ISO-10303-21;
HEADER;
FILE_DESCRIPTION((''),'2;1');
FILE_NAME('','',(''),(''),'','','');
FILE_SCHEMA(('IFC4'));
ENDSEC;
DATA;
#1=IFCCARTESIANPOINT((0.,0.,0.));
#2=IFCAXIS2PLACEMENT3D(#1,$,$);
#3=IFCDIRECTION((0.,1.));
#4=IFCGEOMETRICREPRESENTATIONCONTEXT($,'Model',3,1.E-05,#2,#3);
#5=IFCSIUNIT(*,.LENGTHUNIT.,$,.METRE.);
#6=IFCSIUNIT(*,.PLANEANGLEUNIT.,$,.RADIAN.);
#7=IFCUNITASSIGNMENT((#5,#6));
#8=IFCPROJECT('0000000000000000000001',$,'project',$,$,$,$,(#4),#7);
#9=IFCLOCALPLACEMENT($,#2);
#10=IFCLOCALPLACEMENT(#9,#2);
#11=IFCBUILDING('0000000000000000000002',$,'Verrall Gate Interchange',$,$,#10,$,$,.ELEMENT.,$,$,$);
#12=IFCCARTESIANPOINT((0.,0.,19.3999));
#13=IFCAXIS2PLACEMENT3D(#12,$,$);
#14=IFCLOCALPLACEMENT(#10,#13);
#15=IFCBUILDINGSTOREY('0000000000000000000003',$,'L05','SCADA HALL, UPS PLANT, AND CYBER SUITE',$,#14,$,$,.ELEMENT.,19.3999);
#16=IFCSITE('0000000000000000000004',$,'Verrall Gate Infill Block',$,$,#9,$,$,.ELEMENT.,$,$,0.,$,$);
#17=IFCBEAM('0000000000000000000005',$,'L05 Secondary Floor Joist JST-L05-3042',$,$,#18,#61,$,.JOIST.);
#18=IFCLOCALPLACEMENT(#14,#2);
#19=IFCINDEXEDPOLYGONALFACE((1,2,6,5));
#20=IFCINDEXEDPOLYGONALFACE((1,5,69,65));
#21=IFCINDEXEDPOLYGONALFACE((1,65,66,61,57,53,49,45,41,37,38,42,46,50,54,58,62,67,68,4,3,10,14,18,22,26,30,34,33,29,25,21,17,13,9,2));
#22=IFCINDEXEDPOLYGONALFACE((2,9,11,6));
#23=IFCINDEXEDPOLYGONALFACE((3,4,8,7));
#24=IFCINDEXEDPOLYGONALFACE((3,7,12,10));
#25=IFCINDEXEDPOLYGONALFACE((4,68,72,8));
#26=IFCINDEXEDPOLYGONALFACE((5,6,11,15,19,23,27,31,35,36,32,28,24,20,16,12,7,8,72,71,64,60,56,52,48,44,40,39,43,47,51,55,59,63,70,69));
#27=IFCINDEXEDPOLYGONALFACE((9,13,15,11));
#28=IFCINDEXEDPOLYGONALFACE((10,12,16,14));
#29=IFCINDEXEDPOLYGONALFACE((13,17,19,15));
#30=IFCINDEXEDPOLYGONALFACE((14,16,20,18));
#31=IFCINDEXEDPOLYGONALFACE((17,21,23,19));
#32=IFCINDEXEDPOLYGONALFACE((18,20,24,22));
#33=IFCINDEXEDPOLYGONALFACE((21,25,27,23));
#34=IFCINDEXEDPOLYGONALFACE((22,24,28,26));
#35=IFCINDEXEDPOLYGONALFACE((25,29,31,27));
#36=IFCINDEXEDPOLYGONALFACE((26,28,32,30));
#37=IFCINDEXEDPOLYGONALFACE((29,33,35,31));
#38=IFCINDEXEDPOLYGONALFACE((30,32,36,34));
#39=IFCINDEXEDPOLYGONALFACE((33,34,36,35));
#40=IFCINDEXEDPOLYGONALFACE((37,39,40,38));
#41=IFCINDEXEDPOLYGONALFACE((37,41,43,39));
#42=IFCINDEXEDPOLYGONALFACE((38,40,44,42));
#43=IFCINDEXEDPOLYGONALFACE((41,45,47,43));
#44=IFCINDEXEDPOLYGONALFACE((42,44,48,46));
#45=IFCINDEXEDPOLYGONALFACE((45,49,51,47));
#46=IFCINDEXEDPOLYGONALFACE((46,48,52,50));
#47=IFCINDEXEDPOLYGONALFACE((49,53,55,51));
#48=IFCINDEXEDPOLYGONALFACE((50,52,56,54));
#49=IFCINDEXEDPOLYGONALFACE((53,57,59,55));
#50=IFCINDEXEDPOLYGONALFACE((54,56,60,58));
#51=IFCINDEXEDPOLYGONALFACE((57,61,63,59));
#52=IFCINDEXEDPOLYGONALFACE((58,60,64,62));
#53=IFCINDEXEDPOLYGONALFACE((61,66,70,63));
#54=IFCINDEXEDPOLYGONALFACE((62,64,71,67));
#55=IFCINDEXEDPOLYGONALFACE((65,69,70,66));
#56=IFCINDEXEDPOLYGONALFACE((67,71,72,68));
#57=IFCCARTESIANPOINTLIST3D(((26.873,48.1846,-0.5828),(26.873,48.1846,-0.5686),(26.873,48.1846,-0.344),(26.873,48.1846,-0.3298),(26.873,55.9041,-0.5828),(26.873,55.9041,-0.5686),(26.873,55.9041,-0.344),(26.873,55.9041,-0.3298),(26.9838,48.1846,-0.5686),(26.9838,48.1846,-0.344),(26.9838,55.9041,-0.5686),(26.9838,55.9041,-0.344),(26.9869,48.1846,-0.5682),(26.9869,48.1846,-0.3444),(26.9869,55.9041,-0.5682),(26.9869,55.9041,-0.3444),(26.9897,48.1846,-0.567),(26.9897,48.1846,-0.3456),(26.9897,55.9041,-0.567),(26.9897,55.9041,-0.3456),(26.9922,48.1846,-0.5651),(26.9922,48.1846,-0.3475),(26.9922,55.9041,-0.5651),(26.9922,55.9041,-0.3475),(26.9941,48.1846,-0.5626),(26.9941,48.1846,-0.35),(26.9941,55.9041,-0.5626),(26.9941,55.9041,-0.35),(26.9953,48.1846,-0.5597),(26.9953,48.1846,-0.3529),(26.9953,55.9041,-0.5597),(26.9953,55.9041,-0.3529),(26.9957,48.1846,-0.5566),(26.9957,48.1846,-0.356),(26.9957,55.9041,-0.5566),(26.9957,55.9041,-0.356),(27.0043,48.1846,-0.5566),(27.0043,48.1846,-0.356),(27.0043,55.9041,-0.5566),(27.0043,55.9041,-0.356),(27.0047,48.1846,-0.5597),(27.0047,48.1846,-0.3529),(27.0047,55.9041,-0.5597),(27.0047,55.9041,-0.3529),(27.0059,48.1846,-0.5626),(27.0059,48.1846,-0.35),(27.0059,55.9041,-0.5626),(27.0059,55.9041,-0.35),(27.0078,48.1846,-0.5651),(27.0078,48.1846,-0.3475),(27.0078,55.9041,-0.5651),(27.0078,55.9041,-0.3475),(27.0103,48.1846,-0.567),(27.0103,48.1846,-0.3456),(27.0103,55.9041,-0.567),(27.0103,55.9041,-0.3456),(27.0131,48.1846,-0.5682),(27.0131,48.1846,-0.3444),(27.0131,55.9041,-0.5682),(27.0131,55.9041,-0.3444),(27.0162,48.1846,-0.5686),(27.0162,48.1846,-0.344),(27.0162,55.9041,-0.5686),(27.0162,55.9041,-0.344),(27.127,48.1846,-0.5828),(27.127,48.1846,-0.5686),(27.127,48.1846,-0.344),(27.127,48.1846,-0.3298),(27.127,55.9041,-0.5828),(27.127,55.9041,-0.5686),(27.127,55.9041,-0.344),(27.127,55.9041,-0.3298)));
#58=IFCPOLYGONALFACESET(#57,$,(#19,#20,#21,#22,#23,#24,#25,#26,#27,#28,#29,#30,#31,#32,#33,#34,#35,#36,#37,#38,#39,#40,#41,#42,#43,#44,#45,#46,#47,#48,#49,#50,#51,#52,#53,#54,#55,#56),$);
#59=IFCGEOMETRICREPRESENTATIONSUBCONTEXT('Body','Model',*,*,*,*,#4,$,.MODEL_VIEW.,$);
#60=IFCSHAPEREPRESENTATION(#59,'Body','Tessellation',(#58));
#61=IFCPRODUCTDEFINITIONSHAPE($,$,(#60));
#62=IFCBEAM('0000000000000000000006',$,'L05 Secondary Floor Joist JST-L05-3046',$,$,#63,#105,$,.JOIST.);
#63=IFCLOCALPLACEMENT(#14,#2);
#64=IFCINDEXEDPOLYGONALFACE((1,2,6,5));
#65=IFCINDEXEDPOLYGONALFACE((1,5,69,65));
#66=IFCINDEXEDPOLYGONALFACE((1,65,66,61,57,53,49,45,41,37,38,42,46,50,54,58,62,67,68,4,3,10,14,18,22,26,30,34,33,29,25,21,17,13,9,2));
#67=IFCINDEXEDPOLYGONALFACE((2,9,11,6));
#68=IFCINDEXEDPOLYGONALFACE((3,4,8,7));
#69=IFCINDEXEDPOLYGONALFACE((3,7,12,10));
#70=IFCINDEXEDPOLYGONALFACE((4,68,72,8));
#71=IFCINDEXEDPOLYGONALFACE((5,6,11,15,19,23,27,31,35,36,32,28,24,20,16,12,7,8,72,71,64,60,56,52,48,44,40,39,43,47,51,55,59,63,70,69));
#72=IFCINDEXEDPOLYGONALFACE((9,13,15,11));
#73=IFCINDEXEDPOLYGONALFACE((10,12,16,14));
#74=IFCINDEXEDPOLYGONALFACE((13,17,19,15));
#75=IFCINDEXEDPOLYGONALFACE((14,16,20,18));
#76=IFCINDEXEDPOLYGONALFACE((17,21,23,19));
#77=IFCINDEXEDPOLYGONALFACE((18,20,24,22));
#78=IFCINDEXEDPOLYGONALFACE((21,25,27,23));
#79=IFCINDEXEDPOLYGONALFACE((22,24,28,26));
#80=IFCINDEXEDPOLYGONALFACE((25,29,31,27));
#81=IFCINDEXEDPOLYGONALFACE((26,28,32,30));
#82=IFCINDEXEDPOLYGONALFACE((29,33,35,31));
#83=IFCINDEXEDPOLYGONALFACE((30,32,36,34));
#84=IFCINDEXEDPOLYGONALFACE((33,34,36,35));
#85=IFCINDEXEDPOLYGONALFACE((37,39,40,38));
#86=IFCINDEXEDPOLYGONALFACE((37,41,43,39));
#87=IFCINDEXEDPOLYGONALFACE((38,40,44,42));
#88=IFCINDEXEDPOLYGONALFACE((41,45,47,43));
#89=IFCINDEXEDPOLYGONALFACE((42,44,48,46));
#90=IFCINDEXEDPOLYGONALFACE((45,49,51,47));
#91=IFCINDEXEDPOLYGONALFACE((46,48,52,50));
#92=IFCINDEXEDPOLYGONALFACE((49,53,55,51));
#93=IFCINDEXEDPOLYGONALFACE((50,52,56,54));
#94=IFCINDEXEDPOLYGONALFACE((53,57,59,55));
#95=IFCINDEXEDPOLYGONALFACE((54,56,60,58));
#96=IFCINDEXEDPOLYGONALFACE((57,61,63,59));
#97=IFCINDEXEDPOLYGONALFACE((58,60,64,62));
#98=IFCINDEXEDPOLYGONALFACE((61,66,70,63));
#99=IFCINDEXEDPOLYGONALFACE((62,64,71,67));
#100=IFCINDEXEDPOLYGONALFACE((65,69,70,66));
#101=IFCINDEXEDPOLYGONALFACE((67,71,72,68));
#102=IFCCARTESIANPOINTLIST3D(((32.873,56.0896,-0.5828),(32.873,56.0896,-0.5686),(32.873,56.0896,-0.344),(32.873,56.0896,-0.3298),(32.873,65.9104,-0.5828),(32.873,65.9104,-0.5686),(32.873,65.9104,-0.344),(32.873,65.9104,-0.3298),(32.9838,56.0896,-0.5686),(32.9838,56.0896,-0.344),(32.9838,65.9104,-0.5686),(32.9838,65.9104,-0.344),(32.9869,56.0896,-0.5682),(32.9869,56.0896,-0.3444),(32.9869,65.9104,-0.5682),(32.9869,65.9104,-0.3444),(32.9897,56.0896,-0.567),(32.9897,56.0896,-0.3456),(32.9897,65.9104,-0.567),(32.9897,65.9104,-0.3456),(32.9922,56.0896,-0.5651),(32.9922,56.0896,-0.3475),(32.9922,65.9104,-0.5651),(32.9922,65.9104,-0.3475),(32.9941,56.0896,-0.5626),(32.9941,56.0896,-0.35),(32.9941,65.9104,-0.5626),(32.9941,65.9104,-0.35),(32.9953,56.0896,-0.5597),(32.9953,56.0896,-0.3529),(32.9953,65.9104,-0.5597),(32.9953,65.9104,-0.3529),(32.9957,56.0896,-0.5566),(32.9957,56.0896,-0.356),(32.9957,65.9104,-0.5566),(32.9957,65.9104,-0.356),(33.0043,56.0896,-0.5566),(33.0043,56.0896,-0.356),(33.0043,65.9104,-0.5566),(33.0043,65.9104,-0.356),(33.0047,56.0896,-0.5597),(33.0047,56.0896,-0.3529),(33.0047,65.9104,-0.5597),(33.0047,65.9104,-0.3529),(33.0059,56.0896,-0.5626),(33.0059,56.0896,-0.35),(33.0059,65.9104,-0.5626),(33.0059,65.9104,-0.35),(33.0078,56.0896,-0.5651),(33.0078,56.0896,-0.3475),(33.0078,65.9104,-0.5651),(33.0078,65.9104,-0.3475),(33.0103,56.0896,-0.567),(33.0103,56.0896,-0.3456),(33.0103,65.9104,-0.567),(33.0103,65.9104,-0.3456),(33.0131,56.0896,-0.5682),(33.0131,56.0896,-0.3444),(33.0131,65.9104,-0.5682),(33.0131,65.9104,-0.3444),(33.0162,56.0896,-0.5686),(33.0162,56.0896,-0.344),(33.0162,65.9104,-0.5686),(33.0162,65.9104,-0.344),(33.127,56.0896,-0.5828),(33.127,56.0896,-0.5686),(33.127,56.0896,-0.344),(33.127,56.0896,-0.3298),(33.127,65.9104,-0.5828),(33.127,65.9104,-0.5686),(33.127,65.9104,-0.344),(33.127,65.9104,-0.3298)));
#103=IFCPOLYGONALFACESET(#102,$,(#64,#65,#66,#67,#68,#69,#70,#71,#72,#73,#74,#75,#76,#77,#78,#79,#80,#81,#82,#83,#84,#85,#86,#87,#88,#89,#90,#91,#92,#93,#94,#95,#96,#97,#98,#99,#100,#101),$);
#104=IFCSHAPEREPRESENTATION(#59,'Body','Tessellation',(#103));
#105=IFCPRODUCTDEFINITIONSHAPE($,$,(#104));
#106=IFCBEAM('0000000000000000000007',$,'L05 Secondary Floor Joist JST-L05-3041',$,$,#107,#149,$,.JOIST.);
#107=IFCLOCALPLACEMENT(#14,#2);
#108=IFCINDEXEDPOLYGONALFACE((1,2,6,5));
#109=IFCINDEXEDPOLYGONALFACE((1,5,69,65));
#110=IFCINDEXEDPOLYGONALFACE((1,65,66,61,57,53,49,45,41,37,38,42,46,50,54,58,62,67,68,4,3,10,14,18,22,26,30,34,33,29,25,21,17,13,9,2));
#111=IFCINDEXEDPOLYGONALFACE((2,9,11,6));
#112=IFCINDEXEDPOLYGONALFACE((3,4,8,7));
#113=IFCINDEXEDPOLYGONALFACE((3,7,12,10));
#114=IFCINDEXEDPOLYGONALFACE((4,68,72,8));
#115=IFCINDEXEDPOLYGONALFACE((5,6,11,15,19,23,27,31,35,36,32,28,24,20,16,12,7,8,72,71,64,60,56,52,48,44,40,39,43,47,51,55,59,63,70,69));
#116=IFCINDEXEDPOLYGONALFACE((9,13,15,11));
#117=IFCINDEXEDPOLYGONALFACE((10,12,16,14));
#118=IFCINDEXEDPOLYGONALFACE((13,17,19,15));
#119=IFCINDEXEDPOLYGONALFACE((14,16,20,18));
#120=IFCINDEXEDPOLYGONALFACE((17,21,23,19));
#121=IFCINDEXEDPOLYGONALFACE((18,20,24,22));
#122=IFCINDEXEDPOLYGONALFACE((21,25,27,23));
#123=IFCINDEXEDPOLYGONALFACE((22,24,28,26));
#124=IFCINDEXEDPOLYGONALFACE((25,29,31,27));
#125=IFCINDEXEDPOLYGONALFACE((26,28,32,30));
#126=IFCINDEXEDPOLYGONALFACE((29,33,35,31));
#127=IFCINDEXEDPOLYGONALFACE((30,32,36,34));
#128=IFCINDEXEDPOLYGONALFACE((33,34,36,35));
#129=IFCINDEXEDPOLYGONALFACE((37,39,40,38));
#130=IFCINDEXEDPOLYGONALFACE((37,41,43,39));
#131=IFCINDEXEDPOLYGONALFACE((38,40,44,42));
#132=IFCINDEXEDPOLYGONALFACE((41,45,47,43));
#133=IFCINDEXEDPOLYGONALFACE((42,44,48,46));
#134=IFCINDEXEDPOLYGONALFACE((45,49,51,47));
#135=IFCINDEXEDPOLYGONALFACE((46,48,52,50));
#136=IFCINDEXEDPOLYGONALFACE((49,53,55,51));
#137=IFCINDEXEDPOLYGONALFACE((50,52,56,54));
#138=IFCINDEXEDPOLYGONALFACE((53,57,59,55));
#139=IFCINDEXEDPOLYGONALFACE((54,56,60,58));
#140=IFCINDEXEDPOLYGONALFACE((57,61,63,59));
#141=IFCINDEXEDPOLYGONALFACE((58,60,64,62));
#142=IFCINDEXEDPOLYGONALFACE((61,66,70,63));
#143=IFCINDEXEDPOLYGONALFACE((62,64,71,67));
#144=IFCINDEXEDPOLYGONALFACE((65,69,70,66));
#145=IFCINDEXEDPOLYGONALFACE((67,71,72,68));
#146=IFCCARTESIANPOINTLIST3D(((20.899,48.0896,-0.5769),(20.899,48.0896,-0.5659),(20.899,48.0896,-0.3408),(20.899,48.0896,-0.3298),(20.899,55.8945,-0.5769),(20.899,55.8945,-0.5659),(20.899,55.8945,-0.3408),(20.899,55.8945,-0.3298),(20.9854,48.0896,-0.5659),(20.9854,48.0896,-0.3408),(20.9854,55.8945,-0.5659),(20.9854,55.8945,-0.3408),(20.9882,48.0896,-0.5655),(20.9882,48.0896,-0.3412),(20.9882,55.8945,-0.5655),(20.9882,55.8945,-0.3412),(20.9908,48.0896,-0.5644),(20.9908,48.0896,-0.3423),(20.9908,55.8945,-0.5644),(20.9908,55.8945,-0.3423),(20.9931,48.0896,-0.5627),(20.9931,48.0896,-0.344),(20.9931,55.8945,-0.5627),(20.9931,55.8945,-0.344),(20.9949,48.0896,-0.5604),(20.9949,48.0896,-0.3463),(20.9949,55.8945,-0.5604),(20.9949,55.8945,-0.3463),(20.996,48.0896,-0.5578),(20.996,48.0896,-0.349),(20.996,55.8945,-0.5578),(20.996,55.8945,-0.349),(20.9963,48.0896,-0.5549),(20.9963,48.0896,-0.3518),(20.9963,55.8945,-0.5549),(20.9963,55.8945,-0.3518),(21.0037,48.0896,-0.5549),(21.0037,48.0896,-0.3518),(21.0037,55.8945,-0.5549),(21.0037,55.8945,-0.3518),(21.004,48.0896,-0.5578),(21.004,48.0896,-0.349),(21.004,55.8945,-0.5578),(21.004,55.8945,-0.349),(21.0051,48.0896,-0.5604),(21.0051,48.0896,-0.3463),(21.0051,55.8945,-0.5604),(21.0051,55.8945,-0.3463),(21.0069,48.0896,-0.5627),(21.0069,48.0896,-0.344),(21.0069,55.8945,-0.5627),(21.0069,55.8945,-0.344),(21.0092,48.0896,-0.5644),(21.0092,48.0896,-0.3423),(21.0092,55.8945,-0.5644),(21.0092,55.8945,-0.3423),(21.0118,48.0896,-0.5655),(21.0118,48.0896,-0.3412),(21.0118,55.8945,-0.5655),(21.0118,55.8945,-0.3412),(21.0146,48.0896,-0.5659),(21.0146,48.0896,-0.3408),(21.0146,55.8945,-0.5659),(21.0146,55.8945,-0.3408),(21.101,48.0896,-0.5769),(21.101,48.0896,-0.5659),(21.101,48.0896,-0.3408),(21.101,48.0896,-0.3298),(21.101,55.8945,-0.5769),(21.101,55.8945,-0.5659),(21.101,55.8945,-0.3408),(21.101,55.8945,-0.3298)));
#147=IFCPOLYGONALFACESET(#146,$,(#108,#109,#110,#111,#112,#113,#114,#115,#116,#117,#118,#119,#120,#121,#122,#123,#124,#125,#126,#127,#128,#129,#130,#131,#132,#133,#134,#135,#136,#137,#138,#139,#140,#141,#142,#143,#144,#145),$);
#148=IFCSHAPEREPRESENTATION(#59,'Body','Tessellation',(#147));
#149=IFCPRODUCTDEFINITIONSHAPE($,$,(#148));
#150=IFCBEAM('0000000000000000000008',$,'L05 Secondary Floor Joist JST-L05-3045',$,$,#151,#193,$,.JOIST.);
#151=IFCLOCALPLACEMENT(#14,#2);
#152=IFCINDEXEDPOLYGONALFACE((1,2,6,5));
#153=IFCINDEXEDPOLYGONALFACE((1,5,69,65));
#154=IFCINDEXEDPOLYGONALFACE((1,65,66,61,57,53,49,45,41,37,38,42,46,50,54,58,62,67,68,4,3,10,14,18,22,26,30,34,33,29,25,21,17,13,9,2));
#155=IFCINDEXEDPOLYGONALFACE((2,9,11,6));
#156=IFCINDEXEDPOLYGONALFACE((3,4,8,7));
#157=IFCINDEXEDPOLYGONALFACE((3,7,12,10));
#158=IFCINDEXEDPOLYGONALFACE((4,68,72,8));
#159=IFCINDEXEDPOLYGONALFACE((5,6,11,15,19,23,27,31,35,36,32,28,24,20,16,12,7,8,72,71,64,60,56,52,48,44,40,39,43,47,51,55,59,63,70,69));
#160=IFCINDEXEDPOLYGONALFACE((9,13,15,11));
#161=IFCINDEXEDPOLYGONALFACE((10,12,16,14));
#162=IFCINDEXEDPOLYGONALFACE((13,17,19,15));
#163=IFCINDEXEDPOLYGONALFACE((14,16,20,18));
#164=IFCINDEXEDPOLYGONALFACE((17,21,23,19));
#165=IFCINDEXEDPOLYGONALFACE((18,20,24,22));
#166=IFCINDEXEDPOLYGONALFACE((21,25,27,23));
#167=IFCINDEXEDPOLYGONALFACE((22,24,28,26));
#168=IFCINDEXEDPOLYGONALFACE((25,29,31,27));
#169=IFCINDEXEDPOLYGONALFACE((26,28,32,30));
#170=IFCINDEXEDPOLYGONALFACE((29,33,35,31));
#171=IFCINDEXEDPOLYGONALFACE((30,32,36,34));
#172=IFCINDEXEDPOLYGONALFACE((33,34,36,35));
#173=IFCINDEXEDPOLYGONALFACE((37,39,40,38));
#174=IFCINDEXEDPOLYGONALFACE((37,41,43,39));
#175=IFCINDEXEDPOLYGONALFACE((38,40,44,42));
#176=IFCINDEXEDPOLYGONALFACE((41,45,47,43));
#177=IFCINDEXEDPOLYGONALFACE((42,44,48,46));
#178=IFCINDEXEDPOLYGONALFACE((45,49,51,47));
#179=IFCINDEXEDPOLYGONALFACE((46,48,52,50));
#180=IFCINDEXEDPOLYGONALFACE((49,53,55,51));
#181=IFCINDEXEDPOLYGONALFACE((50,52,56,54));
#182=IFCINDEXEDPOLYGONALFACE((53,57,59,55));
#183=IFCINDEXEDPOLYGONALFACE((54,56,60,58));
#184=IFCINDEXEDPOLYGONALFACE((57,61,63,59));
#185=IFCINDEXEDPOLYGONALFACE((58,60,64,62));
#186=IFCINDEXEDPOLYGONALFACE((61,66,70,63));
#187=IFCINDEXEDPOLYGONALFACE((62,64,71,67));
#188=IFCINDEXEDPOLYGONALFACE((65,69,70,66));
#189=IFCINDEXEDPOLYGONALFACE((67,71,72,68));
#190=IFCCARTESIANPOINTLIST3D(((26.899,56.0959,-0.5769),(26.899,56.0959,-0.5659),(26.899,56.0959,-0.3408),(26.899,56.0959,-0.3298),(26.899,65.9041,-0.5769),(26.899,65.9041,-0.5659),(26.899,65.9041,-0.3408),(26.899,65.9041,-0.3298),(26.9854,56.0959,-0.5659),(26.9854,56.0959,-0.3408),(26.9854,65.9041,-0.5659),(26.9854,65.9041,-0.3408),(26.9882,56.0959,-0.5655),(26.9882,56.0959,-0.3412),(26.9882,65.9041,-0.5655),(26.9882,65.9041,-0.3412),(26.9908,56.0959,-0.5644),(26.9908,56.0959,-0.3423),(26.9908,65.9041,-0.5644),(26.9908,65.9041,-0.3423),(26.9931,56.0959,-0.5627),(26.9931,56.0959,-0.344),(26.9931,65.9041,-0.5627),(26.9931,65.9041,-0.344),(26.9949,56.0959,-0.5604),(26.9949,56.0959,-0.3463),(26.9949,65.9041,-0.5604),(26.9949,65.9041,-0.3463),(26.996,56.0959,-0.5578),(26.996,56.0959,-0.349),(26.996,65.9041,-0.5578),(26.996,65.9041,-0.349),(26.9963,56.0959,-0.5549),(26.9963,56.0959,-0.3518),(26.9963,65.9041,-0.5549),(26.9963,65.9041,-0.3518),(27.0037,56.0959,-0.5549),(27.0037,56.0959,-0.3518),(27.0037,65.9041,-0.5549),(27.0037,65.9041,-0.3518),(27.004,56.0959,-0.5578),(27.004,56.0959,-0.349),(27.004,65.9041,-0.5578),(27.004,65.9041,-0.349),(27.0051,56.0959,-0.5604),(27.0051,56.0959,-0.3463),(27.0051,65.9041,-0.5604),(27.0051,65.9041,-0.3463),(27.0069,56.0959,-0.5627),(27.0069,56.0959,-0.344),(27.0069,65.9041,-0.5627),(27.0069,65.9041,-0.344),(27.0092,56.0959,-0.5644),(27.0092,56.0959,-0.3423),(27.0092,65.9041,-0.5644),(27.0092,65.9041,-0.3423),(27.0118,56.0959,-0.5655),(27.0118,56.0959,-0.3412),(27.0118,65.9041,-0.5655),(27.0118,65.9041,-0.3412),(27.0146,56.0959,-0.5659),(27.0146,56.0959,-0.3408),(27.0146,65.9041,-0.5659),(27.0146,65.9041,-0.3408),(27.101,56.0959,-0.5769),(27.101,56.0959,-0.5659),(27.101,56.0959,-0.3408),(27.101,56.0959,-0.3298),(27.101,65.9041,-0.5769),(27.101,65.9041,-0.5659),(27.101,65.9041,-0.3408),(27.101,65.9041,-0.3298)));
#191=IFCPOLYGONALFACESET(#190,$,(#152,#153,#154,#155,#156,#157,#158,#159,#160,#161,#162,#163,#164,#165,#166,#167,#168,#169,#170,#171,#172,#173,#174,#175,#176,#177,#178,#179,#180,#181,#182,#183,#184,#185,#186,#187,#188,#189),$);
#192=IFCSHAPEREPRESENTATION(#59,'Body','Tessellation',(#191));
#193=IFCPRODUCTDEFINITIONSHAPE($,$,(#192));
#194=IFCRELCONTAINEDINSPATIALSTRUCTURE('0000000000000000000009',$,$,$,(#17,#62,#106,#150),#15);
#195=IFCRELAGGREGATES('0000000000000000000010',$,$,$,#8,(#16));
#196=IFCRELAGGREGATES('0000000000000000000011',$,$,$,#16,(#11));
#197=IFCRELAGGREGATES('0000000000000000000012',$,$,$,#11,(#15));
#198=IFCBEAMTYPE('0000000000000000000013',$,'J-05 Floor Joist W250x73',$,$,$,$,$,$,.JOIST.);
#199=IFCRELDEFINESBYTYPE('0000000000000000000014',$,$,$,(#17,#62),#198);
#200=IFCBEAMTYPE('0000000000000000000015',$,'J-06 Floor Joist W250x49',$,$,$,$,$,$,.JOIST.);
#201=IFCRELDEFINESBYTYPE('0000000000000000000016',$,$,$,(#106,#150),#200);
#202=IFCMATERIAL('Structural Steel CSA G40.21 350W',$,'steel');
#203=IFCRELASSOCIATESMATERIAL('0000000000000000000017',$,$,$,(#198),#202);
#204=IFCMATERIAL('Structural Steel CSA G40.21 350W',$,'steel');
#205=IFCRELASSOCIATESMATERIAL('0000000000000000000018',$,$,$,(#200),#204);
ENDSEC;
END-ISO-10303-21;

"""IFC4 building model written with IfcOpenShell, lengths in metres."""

from ifc_helpers import new_model, si_unit, direction, frame, origin, origin_2d, place, context, subcontext, project, spatial, i_section, extrude, material, material_profile, profile_set, type_object, element, save


model = new_model("IFC4")

# Units and contexts
model_context = context("Model", 3, precision=1e-05, world=origin(), true_north=direction((0.0, 1.0)))
body_context = subcontext(model_context, "Body", "Model", "MODEL_VIEW")
ifc_project = project(units=[si_unit("LENGTHUNIT", "METRE"), si_unit("PLANEANGLEUNIT", "RADIAN")], contexts=[model_context])

# Site, building, storey
site_placement = place(None, origin())
site = spatial("IfcSite", under=ifc_project, at=site_placement, Name="Verrall Gate Infill Block", CompositionType="ELEMENT", RefElevation=0.0)
building_placement = place(site_placement, origin())
building = spatial("IfcBuilding", under=site, at=building_placement, Name="Verrall Gate Interchange", CompositionType="ELEMENT")
storey_placement = place(building_placement, frame((0.0, 0.0, 19.3999)))
storey = spatial("IfcBuildingStorey", under=building, at=storey_placement, Name="L05", Description="SCADA HALL, UPS PLANT, AND CYBER SUITE", CompositionType="ELEMENT", Elevation=19.3999)

# Beams
ifc_material_1 = material(Name="Structural Steel CSA G40.21 350W", Category="steel")
ifc_material_profile_1 = material_profile(ifc_material_1, i_section(OverallWidth=0.2539, OverallDepth=0.2529, WebThickness=0.0085, FlangeThickness=0.0142, FilletRadius=0.012, at=origin_2d()), Name="W250x73")
ifc_profile_set_1 = profile_set([ifc_material_profile_1], Name="Structural Steel CSA G40.21 350W")
beam_type_1 = type_object("IfcBeamType", Name="J-05 Floor Joist W250x73", PredefinedType="JOIST", material=ifc_profile_set_1)
beam_1_placement = place(storey_placement, frame((27.0, 48.1846, -0.4563), z_axis=(0.0, 1.0, 0.0), x_axis=(-1.0, 0.0, 0.0)))
element("IfcBeam", 1, at=beam_1_placement, inside=storey, type_object=beam_type_1, Name="L05 Secondary Floor Joist JST-L05-3042", PredefinedType="JOIST", context=body_context, shape_type="SweptSolid", body=[
    extrude(i_section(OverallWidth=0.2539, OverallDepth=0.2529, WebThickness=0.0085, FlangeThickness=0.0142, FilletRadius=0.012, at=origin_2d()), origin(), (0.0, 0.0, 1.0), 7.7195),
])
beam_2_placement = place(storey_placement, frame((33.0, 56.0896, -0.4563), z_axis=(0.0, 1.0, 0.0), x_axis=(-1.0, 0.0, 0.0)))
element("IfcBeam", 2, at=beam_2_placement, inside=storey, type_object=beam_type_1, Name="L05 Secondary Floor Joist JST-L05-3046", PredefinedType="JOIST", context=body_context, shape_type="SweptSolid", body=[
    extrude(i_section(OverallWidth=0.2539, OverallDepth=0.2529, WebThickness=0.0085, FlangeThickness=0.0142, FilletRadius=0.012, at=origin_2d()), origin(), (0.0, 0.0, 1.0), 9.8208),
])
ifc_material_2 = material(Name="Structural Steel CSA G40.21 350W", Category="steel")
ifc_material_profile_2 = material_profile(ifc_material_2, i_section(OverallWidth=0.2019, OverallDepth=0.2471, WebThickness=0.0073, FlangeThickness=0.011, FilletRadius=0.011, at=origin_2d()), Name="W250x49")
ifc_profile_set_2 = profile_set([ifc_material_profile_2], Name="Structural Steel CSA G40.21 350W")
beam_type_2 = type_object("IfcBeamType", Name="J-06 Floor Joist W250x49", PredefinedType="JOIST", material=ifc_profile_set_2)
beam_3_placement = place(storey_placement, frame((21.0, 48.0896, -0.4534), z_axis=(0.0, 1.0, 0.0), x_axis=(-1.0, 0.0, 0.0)))
element("IfcBeam", 3, at=beam_3_placement, inside=storey, type_object=beam_type_2, Name="L05 Secondary Floor Joist JST-L05-3041", PredefinedType="JOIST", context=body_context, shape_type="SweptSolid", body=[
    extrude(i_section(OverallWidth=0.2019, OverallDepth=0.2471, WebThickness=0.0073, FlangeThickness=0.011, FilletRadius=0.011, at=origin_2d()), origin(), (0.0, 0.0, 1.0), 7.8049),
])
beam_4_placement = place(storey_placement, frame((27.0, 56.0959, -0.4534), z_axis=(0.0, 1.0, 0.0), x_axis=(-1.0, 0.0, 0.0)))
element("IfcBeam", 4, at=beam_4_placement, inside=storey, type_object=beam_type_2, Name="L05 Secondary Floor Joist JST-L05-3045", PredefinedType="JOIST", context=body_context, shape_type="SweptSolid", body=[
    extrude(i_section(OverallWidth=0.2019, OverallDepth=0.2471, WebThickness=0.0073, FlangeThickness=0.011, FilletRadius=0.011, at=origin_2d()), origin(), (0.0, 0.0, 1.0), 9.8081),
])

save(model, "model.ifc")
